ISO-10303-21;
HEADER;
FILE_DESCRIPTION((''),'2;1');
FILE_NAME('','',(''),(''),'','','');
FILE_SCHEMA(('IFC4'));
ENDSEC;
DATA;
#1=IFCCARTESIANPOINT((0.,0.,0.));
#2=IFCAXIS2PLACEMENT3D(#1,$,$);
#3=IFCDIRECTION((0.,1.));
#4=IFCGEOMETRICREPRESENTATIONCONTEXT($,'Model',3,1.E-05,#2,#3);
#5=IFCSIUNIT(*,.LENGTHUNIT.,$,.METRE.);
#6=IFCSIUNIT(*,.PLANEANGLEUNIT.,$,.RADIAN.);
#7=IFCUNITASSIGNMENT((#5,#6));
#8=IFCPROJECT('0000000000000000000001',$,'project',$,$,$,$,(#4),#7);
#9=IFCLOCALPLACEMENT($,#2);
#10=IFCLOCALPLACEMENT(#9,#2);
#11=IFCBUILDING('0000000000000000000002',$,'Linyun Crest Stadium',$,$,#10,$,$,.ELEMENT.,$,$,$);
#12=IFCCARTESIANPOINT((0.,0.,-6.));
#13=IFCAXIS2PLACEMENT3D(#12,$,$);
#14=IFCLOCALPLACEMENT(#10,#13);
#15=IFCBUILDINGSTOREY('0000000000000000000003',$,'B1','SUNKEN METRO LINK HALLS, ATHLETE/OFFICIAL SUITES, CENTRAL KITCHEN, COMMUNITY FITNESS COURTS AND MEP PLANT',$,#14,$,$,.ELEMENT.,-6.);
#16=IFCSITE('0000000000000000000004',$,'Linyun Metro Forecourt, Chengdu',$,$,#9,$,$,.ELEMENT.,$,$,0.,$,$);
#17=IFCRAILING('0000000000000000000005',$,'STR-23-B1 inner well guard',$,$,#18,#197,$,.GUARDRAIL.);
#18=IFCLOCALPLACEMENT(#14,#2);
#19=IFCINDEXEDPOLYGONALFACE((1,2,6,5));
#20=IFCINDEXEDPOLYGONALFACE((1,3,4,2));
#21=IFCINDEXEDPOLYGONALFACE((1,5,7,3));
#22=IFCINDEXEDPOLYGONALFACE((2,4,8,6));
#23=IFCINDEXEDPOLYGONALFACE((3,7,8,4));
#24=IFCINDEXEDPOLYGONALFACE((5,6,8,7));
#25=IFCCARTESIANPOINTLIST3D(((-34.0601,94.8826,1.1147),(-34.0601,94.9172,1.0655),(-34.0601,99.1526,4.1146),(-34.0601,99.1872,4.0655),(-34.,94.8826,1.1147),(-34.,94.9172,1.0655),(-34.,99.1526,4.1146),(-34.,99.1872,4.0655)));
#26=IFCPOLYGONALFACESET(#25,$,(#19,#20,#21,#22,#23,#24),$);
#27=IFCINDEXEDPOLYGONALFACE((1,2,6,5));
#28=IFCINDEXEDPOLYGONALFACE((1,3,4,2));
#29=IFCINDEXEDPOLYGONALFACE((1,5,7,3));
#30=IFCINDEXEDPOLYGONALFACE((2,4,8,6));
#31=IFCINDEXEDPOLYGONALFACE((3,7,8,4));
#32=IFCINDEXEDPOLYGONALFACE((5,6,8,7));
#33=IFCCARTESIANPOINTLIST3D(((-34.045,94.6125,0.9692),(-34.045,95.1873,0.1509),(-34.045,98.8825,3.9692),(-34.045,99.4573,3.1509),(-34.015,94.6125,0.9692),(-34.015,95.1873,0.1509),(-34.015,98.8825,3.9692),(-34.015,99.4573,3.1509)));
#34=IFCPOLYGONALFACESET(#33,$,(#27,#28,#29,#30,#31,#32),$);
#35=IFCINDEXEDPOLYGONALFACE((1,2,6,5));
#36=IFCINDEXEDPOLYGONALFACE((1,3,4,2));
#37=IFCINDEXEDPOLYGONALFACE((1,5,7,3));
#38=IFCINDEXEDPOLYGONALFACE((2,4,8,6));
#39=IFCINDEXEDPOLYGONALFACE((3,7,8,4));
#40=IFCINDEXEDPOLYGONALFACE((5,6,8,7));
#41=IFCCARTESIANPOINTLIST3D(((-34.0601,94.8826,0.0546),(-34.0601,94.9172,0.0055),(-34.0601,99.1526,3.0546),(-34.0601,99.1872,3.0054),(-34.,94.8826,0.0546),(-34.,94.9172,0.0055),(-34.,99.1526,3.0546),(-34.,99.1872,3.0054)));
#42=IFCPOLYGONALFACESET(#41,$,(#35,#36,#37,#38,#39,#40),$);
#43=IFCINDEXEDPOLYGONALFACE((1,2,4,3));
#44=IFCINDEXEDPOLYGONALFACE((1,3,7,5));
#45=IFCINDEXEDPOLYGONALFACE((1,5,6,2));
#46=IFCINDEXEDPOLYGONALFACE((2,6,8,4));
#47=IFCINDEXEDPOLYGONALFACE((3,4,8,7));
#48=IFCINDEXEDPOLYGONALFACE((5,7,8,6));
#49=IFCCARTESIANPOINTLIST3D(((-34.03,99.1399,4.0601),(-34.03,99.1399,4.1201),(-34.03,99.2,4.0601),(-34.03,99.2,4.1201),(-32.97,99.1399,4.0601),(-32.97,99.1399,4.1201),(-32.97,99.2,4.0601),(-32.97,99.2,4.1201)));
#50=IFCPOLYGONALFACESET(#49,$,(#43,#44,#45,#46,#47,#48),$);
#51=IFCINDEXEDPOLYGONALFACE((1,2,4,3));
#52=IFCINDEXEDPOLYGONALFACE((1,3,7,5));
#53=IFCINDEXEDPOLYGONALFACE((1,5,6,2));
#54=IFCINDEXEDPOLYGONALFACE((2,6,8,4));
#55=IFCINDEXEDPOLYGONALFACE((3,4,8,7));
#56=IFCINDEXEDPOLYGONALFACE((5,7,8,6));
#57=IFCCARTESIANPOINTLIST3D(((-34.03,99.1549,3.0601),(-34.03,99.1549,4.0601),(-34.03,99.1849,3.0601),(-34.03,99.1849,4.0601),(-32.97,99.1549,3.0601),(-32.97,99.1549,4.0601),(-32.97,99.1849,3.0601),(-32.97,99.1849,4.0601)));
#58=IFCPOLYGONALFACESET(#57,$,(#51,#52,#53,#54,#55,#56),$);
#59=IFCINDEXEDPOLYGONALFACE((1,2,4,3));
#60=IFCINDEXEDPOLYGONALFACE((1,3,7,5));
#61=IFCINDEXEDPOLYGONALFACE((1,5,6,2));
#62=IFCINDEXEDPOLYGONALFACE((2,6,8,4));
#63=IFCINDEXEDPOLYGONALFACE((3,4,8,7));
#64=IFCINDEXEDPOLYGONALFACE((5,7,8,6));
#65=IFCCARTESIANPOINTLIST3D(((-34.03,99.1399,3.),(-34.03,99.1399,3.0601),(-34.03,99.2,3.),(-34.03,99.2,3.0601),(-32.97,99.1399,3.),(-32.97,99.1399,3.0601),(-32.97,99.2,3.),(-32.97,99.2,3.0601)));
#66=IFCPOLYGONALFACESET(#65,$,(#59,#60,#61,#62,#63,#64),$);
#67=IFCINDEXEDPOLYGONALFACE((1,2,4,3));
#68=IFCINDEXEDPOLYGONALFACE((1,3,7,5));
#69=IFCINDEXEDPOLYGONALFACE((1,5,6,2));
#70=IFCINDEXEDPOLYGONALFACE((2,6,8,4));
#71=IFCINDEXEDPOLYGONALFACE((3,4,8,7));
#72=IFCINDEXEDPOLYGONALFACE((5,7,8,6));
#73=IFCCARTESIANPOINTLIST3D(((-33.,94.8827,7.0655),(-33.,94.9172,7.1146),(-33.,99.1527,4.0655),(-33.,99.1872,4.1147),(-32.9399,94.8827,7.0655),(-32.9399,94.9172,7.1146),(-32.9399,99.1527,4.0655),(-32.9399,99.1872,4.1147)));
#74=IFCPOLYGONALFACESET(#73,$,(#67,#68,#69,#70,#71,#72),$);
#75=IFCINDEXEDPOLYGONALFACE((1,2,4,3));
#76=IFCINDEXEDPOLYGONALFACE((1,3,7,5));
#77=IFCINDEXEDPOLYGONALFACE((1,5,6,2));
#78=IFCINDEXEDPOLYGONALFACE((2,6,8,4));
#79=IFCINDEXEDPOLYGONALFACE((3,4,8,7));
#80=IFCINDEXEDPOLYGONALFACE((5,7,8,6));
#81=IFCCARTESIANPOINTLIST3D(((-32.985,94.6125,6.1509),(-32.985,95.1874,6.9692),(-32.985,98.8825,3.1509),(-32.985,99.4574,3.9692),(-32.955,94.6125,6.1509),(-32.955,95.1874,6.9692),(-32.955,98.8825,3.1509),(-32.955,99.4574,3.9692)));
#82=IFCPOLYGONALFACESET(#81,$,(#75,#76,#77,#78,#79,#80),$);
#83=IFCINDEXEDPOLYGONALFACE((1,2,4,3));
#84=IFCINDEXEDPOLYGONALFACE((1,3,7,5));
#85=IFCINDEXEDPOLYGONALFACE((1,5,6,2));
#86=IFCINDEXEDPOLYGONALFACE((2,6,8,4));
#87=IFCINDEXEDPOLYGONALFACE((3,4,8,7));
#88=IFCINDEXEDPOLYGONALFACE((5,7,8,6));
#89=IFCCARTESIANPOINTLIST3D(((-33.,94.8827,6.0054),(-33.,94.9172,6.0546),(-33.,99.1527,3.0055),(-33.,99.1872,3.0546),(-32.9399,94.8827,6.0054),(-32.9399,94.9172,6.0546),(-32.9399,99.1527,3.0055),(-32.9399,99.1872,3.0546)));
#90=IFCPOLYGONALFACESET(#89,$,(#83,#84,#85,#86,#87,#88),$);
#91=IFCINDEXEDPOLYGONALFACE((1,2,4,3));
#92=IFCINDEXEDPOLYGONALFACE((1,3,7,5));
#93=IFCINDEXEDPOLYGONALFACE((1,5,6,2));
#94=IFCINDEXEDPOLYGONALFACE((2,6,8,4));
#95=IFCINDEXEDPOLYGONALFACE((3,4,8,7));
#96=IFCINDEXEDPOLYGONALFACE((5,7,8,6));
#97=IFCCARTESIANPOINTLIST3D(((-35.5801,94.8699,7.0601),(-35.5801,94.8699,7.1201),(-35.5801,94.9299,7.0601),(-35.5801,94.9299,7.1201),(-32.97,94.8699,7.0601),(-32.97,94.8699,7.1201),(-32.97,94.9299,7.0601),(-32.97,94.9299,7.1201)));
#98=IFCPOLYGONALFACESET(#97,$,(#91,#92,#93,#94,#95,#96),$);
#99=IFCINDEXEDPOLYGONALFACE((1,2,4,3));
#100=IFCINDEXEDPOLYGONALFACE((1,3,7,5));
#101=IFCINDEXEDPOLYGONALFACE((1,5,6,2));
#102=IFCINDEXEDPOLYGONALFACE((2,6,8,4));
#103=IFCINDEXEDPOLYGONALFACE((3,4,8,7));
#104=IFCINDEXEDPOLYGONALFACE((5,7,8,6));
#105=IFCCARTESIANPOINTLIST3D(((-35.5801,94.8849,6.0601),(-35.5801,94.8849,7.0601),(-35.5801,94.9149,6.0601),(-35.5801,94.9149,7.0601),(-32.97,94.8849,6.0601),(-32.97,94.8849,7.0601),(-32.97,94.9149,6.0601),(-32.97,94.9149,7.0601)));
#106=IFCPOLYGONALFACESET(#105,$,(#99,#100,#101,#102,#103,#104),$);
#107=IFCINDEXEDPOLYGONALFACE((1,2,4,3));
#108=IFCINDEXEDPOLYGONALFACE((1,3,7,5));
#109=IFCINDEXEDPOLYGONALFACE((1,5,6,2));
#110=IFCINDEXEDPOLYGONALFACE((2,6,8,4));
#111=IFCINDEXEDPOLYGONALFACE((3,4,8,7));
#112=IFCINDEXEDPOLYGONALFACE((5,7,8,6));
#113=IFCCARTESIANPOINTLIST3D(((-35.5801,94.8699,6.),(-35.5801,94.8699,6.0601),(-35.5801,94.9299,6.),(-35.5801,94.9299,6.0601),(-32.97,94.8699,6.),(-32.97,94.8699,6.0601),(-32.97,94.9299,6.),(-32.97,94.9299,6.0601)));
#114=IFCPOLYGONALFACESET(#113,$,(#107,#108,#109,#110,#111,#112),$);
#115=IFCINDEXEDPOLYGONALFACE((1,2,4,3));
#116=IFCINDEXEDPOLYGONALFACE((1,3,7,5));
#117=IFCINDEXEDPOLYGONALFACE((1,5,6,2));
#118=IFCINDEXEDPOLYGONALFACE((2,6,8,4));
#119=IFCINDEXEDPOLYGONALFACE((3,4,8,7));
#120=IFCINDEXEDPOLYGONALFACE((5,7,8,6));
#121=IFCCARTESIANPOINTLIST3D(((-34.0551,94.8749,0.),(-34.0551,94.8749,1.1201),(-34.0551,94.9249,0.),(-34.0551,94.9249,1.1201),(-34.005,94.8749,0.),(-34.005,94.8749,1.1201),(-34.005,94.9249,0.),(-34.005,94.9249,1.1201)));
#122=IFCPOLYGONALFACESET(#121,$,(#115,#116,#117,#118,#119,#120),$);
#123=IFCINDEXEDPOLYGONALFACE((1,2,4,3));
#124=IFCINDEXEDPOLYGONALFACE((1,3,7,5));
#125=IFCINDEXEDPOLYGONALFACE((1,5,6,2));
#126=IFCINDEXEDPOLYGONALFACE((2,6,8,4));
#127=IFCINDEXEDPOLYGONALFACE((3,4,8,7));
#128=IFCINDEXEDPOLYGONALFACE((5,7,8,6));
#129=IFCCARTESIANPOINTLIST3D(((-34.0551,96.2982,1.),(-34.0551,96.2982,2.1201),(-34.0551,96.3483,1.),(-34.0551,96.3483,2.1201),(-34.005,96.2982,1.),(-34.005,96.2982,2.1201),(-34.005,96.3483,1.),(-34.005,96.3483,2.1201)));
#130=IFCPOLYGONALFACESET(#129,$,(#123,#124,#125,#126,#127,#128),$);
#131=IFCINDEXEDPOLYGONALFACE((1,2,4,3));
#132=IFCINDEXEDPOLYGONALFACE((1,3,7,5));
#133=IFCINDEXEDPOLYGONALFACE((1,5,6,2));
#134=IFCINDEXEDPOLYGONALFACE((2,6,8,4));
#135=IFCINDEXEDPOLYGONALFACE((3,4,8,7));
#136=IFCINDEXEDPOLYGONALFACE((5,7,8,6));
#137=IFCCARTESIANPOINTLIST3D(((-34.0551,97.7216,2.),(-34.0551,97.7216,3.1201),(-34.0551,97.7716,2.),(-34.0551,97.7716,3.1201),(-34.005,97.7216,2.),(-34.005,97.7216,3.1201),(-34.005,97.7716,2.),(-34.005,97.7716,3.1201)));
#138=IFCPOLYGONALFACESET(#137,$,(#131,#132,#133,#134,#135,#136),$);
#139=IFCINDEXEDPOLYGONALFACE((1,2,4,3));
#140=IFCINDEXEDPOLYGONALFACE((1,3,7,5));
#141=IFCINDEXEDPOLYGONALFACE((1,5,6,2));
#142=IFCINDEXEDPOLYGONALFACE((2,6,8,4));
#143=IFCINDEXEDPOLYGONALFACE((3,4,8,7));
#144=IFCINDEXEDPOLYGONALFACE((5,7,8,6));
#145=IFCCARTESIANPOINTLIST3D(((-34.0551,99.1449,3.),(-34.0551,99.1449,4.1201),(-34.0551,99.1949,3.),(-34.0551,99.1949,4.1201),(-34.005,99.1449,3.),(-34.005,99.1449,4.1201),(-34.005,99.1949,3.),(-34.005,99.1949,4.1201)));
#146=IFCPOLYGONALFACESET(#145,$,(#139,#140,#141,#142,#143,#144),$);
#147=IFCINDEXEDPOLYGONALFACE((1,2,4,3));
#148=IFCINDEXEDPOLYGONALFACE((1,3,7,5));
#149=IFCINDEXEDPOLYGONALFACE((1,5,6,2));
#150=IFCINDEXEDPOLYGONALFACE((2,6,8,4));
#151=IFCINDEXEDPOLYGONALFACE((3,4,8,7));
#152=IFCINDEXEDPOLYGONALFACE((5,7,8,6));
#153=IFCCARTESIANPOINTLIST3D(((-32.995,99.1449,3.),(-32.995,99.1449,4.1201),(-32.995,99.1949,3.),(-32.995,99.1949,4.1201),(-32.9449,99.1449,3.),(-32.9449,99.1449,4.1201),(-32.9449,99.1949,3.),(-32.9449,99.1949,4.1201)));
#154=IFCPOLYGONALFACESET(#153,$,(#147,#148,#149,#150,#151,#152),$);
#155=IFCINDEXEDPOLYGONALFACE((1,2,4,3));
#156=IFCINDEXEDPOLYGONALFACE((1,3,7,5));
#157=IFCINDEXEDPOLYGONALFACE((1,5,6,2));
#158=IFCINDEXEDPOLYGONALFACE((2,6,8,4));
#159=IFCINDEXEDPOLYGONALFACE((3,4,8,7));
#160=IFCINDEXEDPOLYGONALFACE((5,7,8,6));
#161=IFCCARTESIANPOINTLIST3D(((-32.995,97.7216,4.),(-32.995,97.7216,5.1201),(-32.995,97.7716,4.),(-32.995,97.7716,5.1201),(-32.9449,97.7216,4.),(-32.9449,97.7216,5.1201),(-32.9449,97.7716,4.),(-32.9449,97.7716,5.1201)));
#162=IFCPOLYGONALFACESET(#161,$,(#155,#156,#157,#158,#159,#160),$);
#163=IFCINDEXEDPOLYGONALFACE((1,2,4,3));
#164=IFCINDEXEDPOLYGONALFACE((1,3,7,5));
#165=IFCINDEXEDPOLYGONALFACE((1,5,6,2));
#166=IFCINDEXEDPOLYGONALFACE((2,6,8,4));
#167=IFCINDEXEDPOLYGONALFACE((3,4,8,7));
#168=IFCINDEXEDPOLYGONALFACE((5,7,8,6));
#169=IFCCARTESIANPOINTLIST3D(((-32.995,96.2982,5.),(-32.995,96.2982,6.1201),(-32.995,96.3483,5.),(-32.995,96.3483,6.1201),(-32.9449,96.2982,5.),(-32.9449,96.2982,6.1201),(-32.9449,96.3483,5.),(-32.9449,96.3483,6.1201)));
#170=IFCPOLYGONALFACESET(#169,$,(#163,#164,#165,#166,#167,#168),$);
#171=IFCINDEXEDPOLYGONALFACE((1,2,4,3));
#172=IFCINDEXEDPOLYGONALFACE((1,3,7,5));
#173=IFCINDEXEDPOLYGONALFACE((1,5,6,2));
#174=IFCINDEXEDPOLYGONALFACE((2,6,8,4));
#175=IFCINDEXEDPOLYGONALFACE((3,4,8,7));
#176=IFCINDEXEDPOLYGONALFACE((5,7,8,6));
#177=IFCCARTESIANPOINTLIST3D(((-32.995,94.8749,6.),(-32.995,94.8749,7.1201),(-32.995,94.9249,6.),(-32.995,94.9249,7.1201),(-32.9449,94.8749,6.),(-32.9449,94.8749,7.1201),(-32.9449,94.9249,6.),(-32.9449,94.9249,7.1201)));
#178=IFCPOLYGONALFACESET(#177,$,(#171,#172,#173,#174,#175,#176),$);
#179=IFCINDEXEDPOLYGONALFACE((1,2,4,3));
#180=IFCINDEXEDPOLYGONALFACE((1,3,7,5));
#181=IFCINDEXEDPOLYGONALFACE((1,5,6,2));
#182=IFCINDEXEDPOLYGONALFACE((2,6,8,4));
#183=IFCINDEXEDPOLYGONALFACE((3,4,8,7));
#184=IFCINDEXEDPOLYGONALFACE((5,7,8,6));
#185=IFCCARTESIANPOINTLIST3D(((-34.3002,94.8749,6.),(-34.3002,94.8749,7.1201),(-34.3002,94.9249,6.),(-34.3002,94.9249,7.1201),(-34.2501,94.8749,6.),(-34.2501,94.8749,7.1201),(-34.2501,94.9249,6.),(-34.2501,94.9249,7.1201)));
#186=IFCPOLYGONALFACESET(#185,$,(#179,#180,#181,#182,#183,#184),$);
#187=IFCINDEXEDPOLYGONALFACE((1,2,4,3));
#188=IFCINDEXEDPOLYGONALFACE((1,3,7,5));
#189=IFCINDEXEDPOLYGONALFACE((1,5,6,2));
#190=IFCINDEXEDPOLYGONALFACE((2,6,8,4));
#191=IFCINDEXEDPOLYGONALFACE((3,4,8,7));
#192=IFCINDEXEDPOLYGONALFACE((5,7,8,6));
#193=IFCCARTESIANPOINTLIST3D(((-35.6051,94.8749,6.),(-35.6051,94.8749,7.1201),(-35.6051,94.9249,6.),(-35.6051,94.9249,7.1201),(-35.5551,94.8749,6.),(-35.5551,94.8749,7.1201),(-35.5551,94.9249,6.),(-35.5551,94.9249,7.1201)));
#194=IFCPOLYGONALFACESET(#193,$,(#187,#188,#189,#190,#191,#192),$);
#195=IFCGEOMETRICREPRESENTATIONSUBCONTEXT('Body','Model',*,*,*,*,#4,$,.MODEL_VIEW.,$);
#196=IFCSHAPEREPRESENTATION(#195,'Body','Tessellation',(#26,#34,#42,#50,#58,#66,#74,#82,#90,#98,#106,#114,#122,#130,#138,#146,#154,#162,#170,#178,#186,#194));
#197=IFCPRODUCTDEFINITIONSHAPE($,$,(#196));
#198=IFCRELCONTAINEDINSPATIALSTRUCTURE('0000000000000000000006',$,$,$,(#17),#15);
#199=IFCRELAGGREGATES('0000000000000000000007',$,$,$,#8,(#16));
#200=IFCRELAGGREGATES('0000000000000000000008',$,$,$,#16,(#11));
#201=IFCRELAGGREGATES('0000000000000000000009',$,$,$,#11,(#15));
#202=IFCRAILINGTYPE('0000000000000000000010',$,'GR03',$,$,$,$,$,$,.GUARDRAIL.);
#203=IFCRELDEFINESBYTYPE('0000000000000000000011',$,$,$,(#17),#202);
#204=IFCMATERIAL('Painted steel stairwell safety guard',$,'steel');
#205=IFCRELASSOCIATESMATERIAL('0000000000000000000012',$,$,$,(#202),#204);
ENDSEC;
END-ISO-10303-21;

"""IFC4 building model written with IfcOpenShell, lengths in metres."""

from ifc_helpers import new_model, si_unit, direction, frame, origin, origin_2d, place, context, subcontext, project, spatial, rectangle, extrude, material, type_object, element, save


model = new_model("IFC4")

# Units and contexts
model_context = context("Model", 3, precision=1e-05, world=origin(), true_north=direction((0.0, 1.0)))
body_context = subcontext(model_context, "Body", "Model", "MODEL_VIEW")
ifc_project = project(units=[si_unit("LENGTHUNIT", "METRE"), si_unit("PLANEANGLEUNIT", "RADIAN")], contexts=[model_context])

# Site, building, storey
site_placement = place(None, origin())
site = spatial("IfcSite", under=ifc_project, at=site_placement, Name="Linyun Metro Forecourt, Chengdu", CompositionType="ELEMENT", RefElevation=0.0)
building_placement = place(site_placement, origin())
building = spatial("IfcBuilding", under=site, at=building_placement, Name="Linyun Crest Stadium", CompositionType="ELEMENT")
storey_placement = place(building_placement, frame((0.0, 0.0, -6.0)))
storey = spatial("IfcBuildingStorey", under=building, at=storey_placement, Name="B1", Description="SUNKEN METRO LINK HALLS, ATHLETE/OFFICIAL SUITES, CENTRAL KITCHEN, COMMUNITY FITNESS COURTS AND MEP PLANT", CompositionType="ELEMENT", Elevation=-6.0)

# Railing
ifc_material_1 = material(Name="Painted steel stairwell safety guard", Category="steel")
railing_type_1 = type_object("IfcRailingType", Name="GR03", PredefinedType="GUARDRAIL", material=ifc_material_1)
railing_1_placement = place(storey_placement, frame((-34.03, 94.8999, 0.0)))
element("IfcRailing", 1, at=railing_1_placement, inside=storey, type_object=railing_type_1, Name="STR-23-B1 inner well guard", PredefinedType="GUARDRAIL", context=body_context, shape_type="SweptSolid", body=[
    extrude(rectangle(XDim=0.0601, YDim=0.0601, at=origin_2d()), frame((0.0, 0.0, 1.0901), z_axis=(0.0, 0.818242, 0.574874), x_axis=(-1.0, 0.0, 0.0)), (0.0, 0.0, 1.0), 5.2185),
    extrude(rectangle(XDim=0.03, YDim=1.0, at=origin_2d()), frame((0.0, 0.0, 0.5601), z_axis=(0.0, 0.818242, 0.574874), x_axis=(-1.0, 0.0, 0.0)), (0.0, 0.0, 1.0), 5.2185),
    extrude(rectangle(XDim=0.0601, YDim=0.0601, at=origin_2d()), frame((0.0, 0.0, 0.03), z_axis=(0.0, 0.818242, 0.574874), x_axis=(-1.0, 0.0, 0.0)), (0.0, 0.0, 1.0), 5.2185),
    extrude(rectangle(XDim=0.0601, YDim=0.0601, at=origin_2d()), frame((0.0, 4.27, 4.0901), z_axis=(1.0, 0.0, 0.0), x_axis=(0.0, 1.0, 0.0)), (0.0, 0.0, 1.0), 1.0601),
    extrude(rectangle(XDim=0.03, YDim=1.0, at=origin_2d()), frame((0.0, 4.27, 3.5601), z_axis=(1.0, 0.0, 0.0), x_axis=(0.0, 1.0, 0.0)), (0.0, 0.0, 1.0), 1.0601),
    extrude(rectangle(XDim=0.0601, YDim=0.0601, at=origin_2d()), frame((0.0, 4.27, 3.03), z_axis=(1.0, 0.0, 0.0), x_axis=(0.0, 1.0, 0.0)), (0.0, 0.0, 1.0), 1.0601),
    extrude(rectangle(XDim=0.0601, YDim=0.0601, at=origin_2d()), frame((1.0601, 4.27, 4.0901), z_axis=(0.0, -0.818242, 0.574874), x_axis=(1.0, 0.0, 0.0)), (0.0, 0.0, 1.0), 5.2185),
    extrude(rectangle(XDim=0.03, YDim=1.0, at=origin_2d()), frame((1.0601, 4.27, 3.5601), z_axis=(0.0, -0.818242, 0.574874), x_axis=(1.0, 0.0, 0.0)), (0.0, 0.0, 1.0), 5.2185),
    extrude(rectangle(XDim=0.0601, YDim=0.0601, at=origin_2d()), frame((1.0601, 4.27, 3.03), z_axis=(0.0, -0.818242, 0.574874), x_axis=(1.0, 0.0, 0.0)), (0.0, 0.0, 1.0), 5.2185),
    extrude(rectangle(XDim=0.0601, YDim=0.0601, at=origin_2d()), frame((1.0601, 0.0, 7.0901), z_axis=(-1.0, 0.0, 0.0), x_axis=(0.0, -1.0, 0.0)), (0.0, 0.0, 1.0), 2.6101),
    extrude(rectangle(XDim=0.03, YDim=1.0, at=origin_2d()), frame((1.0601, 0.0, 6.5601), z_axis=(-1.0, 0.0, 0.0), x_axis=(0.0, -1.0, 0.0)), (0.0, 0.0, 1.0), 2.6101),
    extrude(rectangle(XDim=0.0601, YDim=0.0601, at=origin_2d()), frame((1.0601, 0.0, 6.03), z_axis=(-1.0, 0.0, 0.0), x_axis=(0.0, -1.0, 0.0)), (0.0, 0.0, 1.0), 2.6101),
    extrude(rectangle(XDim=0.05, YDim=0.05, at=origin_2d()), origin(), (0.0, 0.0, 1.0), 1.1201),
    extrude(rectangle(XDim=0.05, YDim=0.05, at=origin_2d()), frame((0.0, 1.4233, 1.0)), (0.0, 0.0, 1.0), 1.1201),
    extrude(rectangle(XDim=0.05, YDim=0.05, at=origin_2d()), frame((0.0, 2.8467, 2.0)), (0.0, 0.0, 1.0), 1.1201),
    extrude(rectangle(XDim=0.05, YDim=0.05, at=origin_2d()), frame((0.0, 4.27, 3.0)), (0.0, 0.0, 1.0), 1.1201),
    extrude(rectangle(XDim=0.05, YDim=0.05, at=origin_2d()), frame((1.0601, 4.27, 3.0)), (0.0, 0.0, 1.0), 1.1201),
    extrude(rectangle(XDim=0.05, YDim=0.05, at=origin_2d()), frame((1.0601, 2.8467, 4.0)), (0.0, 0.0, 1.0), 1.1201),
    extrude(rectangle(XDim=0.05, YDim=0.05, at=origin_2d()), frame((1.0601, 1.4233, 5.0)), (0.0, 0.0, 1.0), 1.1201),
    extrude(rectangle(XDim=0.05, YDim=0.05, at=origin_2d()), frame((1.0601, 0.0, 6.0)), (0.0, 0.0, 1.0), 1.1201),
    extrude(rectangle(XDim=0.05, YDim=0.05, at=origin_2d()), frame((-0.2451, 0.0, 6.0)), (0.0, 0.0, 1.0), 1.1201),
    extrude(rectangle(XDim=0.05, YDim=0.05, at=origin_2d()), frame((-1.55, 0.0, 6.0)), (0.0, 0.0, 1.0), 1.1201),
])

save(model, "model.ifc")
